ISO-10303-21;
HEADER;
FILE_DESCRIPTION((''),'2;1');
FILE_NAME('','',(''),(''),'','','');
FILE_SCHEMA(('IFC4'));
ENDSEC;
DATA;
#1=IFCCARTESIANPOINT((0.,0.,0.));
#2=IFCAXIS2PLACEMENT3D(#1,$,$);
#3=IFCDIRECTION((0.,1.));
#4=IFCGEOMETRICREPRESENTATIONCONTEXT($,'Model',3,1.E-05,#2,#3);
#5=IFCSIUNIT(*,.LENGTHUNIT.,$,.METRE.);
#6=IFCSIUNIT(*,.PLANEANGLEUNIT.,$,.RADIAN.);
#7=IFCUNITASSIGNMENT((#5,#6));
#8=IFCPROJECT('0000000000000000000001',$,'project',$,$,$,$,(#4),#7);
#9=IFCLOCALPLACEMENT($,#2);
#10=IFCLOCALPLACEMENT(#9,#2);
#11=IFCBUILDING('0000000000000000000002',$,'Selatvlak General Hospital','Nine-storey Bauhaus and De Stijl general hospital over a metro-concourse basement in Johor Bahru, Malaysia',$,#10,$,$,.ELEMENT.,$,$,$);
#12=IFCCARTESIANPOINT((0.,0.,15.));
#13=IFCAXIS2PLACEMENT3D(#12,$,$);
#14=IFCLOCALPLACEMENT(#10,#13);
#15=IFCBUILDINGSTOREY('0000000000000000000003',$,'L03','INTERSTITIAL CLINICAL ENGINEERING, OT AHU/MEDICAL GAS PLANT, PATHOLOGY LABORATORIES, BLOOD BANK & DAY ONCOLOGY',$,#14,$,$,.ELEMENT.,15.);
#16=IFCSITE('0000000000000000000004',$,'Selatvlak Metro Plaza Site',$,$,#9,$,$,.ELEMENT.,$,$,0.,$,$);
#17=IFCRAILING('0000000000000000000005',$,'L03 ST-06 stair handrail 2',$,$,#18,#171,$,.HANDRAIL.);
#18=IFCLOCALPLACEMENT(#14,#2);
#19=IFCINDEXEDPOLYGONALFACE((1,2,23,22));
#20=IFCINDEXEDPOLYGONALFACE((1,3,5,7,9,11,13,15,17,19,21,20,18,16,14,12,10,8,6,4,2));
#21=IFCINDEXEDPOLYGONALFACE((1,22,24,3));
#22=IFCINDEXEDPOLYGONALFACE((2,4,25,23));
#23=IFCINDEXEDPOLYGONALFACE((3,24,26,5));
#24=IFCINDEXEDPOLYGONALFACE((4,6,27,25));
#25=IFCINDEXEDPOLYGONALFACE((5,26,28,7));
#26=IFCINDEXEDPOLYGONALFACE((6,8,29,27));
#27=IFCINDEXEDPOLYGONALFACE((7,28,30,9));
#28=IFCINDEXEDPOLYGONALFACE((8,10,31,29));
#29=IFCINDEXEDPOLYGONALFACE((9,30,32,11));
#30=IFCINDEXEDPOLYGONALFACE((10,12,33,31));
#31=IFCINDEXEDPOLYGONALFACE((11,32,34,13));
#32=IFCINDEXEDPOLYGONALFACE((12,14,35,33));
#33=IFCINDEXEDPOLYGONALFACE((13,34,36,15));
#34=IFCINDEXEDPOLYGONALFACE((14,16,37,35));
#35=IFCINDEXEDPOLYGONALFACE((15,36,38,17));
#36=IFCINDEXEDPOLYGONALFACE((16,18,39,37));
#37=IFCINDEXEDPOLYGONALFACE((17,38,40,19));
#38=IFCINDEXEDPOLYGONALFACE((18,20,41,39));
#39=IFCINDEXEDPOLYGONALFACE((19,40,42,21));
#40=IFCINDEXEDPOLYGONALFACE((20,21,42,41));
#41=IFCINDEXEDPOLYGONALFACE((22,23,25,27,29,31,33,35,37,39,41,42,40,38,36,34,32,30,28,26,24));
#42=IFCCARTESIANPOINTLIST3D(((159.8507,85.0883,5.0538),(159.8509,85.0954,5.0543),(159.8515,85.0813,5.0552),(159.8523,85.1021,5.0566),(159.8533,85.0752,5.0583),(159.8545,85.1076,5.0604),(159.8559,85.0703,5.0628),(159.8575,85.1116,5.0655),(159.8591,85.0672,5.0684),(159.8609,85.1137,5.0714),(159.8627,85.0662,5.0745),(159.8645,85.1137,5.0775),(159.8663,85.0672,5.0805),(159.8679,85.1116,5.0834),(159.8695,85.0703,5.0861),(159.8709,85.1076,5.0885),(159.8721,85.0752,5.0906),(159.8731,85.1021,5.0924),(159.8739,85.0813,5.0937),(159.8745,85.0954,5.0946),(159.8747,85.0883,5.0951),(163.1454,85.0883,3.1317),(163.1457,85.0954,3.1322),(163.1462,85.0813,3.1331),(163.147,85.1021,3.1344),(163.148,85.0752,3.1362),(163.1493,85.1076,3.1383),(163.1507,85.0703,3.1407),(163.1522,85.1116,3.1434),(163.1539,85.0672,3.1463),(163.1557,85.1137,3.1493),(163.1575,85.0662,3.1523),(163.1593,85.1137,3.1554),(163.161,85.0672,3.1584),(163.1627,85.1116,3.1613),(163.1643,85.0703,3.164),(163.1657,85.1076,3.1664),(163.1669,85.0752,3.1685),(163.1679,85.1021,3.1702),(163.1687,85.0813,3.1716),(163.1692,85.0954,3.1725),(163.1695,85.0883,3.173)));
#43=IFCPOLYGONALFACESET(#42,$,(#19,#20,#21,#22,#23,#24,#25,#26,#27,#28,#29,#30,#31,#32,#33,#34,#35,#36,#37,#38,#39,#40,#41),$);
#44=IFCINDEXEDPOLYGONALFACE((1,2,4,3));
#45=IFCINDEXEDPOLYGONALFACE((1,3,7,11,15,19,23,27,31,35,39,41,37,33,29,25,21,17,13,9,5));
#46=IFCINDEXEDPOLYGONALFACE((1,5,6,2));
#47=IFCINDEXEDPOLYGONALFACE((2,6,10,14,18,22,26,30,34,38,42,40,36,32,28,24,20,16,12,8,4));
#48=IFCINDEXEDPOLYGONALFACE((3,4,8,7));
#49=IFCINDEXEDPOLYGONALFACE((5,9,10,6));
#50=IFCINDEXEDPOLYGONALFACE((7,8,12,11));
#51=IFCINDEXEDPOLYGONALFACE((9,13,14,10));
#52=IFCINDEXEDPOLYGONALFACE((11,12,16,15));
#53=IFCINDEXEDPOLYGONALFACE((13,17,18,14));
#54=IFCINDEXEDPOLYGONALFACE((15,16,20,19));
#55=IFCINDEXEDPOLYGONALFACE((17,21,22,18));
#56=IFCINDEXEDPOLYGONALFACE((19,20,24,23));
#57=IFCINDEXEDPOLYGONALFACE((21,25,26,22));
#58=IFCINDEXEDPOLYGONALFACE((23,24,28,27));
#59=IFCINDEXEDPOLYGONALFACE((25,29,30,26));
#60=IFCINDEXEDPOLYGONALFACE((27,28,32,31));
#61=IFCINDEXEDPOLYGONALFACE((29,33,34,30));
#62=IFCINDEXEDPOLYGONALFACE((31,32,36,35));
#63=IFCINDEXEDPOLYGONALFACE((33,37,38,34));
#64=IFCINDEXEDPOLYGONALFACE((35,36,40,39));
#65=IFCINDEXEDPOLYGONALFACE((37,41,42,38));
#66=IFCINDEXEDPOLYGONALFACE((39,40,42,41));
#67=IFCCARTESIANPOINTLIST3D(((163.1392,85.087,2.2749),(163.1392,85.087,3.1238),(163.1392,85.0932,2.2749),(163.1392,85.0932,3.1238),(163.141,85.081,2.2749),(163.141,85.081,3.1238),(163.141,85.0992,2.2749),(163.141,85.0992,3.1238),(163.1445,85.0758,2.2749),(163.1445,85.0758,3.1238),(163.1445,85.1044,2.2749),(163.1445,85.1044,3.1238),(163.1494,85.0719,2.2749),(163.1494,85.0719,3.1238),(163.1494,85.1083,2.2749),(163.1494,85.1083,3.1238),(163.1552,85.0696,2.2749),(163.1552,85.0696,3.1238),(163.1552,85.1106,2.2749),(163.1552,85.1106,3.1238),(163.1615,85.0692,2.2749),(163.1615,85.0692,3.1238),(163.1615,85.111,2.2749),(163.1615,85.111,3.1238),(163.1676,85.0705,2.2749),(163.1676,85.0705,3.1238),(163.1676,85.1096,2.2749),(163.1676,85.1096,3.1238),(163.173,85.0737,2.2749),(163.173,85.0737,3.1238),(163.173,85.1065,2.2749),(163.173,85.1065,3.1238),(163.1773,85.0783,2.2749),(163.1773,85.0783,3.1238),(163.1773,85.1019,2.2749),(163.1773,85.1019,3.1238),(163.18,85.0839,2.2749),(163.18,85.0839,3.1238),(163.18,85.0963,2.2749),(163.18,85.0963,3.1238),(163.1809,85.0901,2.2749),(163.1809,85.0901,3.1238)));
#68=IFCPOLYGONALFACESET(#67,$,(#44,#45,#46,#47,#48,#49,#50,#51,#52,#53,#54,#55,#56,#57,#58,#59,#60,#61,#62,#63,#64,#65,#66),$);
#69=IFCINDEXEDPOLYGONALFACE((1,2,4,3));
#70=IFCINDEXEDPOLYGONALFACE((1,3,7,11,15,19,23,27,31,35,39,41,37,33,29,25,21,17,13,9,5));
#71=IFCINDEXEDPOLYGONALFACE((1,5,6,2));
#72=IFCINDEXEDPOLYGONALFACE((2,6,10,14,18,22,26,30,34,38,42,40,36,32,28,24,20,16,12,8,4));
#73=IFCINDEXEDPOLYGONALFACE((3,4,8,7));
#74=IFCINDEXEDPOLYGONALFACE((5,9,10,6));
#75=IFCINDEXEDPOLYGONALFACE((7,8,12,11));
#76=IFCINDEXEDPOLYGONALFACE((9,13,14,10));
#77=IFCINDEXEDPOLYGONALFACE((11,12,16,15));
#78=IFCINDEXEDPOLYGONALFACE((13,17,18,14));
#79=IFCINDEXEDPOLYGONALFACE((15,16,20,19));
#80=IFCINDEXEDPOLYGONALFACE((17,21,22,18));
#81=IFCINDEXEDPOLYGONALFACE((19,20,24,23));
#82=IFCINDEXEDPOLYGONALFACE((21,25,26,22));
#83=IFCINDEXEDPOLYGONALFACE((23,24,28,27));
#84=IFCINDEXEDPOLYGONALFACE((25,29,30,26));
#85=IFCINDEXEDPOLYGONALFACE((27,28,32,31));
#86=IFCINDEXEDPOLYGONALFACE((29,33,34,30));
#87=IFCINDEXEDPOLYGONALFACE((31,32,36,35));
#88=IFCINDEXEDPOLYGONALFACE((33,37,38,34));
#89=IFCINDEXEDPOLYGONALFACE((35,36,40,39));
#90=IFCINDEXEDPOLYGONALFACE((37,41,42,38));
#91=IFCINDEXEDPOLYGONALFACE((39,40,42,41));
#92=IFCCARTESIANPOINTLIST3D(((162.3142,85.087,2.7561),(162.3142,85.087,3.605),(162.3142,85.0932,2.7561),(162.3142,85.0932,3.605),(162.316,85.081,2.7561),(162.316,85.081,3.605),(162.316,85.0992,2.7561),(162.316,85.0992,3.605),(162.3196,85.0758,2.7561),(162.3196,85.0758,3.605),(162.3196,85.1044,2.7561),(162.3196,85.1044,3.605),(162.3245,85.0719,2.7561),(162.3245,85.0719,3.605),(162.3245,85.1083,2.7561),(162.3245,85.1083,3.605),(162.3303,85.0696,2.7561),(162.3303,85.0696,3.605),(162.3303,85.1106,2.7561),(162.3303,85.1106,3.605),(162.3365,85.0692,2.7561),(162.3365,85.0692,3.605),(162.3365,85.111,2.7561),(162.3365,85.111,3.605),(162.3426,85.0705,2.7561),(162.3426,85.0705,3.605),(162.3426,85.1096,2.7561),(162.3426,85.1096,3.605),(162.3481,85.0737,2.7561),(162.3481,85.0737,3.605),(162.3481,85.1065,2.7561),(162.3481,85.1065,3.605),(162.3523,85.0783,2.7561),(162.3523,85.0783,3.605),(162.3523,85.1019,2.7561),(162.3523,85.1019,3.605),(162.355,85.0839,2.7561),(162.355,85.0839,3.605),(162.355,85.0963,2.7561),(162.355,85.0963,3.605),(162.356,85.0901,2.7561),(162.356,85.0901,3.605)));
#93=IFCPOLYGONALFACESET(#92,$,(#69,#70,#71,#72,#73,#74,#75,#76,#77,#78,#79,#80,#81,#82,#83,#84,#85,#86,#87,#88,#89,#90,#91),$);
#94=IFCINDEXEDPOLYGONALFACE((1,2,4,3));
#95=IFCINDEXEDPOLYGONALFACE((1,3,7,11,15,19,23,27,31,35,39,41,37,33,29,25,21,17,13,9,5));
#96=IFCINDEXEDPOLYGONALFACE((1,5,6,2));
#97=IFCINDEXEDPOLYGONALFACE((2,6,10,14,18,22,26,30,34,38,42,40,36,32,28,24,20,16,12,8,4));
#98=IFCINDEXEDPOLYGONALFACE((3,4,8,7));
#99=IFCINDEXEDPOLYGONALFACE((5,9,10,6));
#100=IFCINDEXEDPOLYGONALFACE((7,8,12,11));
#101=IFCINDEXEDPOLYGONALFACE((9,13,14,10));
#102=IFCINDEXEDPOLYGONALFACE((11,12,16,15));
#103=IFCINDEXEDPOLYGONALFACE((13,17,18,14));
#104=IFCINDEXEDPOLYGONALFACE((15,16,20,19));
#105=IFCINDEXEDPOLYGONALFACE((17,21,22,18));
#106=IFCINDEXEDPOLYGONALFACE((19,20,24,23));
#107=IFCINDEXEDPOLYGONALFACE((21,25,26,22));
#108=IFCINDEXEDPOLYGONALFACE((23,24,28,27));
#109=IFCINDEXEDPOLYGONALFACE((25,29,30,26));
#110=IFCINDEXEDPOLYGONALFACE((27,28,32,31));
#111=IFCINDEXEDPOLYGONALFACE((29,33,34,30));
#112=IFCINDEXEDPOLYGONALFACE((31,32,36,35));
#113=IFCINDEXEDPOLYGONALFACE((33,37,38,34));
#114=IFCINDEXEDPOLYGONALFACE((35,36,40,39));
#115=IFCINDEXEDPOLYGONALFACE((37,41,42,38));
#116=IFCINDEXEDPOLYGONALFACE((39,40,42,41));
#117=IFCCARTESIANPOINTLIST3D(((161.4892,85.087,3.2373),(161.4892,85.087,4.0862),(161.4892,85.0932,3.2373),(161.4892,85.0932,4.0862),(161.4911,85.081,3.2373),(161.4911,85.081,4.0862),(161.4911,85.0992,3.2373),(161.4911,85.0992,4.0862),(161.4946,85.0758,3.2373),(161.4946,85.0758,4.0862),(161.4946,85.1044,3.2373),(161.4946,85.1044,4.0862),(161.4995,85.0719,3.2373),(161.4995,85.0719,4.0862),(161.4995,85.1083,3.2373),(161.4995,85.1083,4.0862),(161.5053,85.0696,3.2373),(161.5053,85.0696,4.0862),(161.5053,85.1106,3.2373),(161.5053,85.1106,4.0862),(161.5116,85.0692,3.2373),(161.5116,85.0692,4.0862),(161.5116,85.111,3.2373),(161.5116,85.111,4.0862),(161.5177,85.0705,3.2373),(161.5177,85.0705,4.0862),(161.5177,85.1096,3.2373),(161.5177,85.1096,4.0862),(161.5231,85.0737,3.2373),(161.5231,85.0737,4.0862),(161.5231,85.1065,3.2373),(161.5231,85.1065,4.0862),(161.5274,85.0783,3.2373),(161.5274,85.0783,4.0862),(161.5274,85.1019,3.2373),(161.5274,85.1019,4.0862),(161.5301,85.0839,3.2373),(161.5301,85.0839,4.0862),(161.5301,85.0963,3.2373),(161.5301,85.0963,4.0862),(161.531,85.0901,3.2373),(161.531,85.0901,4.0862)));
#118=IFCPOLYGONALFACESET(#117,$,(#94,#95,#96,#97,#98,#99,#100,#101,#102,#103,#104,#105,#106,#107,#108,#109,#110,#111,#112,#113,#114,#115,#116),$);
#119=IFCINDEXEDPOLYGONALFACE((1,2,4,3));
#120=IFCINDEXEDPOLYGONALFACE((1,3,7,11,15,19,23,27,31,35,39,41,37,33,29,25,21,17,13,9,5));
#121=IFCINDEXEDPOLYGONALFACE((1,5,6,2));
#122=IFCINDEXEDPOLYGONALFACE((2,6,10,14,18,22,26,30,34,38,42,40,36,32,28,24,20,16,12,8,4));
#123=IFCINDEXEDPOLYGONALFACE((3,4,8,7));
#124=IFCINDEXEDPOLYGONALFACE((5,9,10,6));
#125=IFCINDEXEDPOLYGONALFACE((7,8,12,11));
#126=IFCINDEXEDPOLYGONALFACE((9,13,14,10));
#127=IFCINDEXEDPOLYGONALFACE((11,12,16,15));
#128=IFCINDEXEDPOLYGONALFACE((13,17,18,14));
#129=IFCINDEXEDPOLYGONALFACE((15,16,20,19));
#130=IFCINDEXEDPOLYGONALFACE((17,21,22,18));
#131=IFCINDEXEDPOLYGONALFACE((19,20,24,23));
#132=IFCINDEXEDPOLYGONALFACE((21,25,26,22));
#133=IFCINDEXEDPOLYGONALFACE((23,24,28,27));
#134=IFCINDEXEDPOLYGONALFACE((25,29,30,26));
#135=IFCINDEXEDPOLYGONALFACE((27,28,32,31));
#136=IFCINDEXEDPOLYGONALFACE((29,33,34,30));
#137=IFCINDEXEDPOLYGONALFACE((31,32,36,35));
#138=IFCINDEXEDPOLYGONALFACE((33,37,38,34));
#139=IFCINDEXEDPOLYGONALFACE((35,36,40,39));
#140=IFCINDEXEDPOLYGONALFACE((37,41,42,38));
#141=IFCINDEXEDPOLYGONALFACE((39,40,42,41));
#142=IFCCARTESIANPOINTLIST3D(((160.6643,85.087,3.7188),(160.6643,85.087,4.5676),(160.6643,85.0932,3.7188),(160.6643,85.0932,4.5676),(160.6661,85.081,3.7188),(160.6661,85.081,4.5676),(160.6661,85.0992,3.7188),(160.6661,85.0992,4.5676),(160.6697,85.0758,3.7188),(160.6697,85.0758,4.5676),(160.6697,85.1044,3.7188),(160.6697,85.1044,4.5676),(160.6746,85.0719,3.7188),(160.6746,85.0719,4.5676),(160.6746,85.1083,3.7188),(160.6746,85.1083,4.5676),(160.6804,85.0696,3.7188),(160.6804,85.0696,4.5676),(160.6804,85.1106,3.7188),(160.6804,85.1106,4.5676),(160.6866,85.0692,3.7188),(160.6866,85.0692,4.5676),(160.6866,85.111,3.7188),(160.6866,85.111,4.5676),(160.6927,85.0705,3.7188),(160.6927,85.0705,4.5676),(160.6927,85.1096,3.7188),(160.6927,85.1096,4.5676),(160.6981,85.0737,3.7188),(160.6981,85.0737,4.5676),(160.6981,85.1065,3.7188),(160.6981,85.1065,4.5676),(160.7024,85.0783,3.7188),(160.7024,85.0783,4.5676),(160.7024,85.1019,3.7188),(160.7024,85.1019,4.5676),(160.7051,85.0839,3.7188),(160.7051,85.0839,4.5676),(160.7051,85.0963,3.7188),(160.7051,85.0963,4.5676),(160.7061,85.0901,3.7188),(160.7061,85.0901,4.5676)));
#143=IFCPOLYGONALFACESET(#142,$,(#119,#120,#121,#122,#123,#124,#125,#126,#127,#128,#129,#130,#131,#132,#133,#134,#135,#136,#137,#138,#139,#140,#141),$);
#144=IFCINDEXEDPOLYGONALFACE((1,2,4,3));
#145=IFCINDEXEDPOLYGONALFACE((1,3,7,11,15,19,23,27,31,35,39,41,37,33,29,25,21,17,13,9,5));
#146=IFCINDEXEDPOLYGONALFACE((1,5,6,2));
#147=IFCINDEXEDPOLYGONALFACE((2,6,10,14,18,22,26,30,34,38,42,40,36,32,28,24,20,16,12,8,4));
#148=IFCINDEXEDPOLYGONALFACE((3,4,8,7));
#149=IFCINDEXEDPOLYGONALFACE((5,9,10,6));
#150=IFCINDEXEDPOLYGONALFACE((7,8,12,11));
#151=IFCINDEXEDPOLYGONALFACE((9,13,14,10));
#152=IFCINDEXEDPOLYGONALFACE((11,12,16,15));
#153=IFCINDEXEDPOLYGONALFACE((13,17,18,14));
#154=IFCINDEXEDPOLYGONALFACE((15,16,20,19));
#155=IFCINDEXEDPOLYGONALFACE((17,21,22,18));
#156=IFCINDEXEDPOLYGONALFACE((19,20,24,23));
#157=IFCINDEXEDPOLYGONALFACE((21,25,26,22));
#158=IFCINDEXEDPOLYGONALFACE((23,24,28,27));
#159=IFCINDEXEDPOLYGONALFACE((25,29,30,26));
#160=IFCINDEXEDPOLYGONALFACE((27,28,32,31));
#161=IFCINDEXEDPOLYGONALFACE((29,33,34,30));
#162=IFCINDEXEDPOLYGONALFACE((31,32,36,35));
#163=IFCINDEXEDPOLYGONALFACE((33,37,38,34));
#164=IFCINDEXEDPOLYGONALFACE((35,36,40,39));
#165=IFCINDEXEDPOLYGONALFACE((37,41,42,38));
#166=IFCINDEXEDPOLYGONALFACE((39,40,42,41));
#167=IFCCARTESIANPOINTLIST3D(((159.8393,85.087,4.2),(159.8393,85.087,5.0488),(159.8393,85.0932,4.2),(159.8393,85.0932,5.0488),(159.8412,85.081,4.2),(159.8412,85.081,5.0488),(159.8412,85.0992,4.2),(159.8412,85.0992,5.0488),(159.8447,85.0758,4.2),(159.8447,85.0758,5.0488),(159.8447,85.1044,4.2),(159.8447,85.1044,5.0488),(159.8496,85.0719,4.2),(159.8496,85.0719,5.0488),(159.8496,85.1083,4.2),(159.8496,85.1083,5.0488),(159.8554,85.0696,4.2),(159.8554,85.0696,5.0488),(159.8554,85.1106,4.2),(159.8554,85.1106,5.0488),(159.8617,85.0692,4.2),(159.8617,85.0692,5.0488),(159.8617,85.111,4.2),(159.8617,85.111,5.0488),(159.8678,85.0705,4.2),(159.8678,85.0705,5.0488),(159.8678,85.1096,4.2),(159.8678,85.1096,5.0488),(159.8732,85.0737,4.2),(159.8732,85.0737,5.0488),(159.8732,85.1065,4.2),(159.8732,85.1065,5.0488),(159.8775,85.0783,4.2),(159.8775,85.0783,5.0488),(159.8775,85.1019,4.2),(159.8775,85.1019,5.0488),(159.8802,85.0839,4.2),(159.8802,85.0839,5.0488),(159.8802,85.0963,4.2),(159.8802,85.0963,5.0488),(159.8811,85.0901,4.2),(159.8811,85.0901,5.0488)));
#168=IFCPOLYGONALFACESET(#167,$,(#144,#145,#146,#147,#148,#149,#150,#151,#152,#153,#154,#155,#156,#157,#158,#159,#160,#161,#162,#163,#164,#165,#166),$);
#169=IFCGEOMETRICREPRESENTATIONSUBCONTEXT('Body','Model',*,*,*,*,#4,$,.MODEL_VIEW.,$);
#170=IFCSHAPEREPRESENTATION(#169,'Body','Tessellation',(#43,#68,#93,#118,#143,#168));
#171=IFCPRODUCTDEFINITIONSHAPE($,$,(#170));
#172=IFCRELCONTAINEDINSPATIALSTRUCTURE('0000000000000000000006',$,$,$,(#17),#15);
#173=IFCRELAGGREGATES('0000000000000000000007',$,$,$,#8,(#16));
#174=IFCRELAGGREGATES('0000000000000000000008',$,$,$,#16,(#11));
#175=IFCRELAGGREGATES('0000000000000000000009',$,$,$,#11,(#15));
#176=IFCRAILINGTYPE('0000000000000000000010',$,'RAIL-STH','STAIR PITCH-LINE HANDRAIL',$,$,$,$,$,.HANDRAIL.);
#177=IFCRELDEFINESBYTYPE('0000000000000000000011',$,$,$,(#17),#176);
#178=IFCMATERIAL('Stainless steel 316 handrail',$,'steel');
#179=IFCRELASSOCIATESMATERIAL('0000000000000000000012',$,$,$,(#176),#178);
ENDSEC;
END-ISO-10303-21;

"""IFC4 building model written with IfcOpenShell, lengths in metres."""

from ifc_helpers import new_model, si_unit, direction, frame, origin, origin_2d, place, context, subcontext, project, spatial, circle, extrude, material, type_object, element, save


model = new_model("IFC4")

# Units and contexts
model_context = context("Model", 3, precision=1e-05, world=origin(), true_north=direction((0.0, 1.0)))
body_context = subcontext(model_context, "Body", "Model", "MODEL_VIEW")
ifc_project = project(units=[si_unit("LENGTHUNIT", "METRE"), si_unit("PLANEANGLEUNIT", "RADIAN")], contexts=[model_context])

# Site, building, storey
site_placement = place(None, origin())
site = spatial("IfcSite", under=ifc_project, at=site_placement, Name="Selatvlak Metro Plaza Site", CompositionType="ELEMENT", RefElevation=0.0)
building_placement = place(site_placement, origin())
building = spatial("IfcBuilding", under=site, at=building_placement, Name="Selatvlak General Hospital", Description="Nine-storey Bauhaus and De Stijl general hospital over a metro-concourse basement in Johor Bahru, Malaysia", CompositionType="ELEMENT")
storey_placement = place(building_placement, frame((0.0, 0.0, 15.0)))
storey = spatial("IfcBuildingStorey", under=building, at=storey_placement, Name="L03", Description="INTERSTITIAL CLINICAL ENGINEERING, OT AHU/MEDICAL GAS PLANT, PATHOLOGY LABORATORIES, BLOOD BANK & DAY ONCOLOGY", CompositionType="ELEMENT", Elevation=15.0)

# Railing
ifc_material_1 = material(Name="Stainless steel 316 handrail", Category="steel")
railing_type_1 = type_object("IfcRailingType", Name="RAIL-STH", Description="STAIR PITCH-LINE HANDRAIL", PredefinedType="HANDRAIL", material=ifc_material_1)
railing_1_placement = place(storey_placement, frame((163.1599, 85.0901, 2.2749)))
element("IfcRailing", 1, at=railing_1_placement, inside=storey, type_object=railing_type_1, Name="L03 ST-06 stair handrail 2", PredefinedType="HANDRAIL", context=body_context, shape_type="SweptSolid", body=[
    extrude(circle(Radius=0.0239, at=origin_2d()), frame((-0.0024, 0.0, 0.8774), z_axis=(-0.86376, 0.0, 0.503903), x_axis=(0.0, -1.0, 0.0)), (0.0, 0.0, 1.0), 3.8145),
    extrude(circle(Radius=0.021, at=origin_2d()), origin(), (0.0, 0.0, 1.0), 0.8489),
    extrude(circle(Radius=0.021, at=origin_2d()), frame((-0.825, 0.0, 0.4812)), (0.0, 0.0, 1.0), 0.8489),
    extrude(circle(Radius=0.021, at=origin_2d()), frame((-1.6499, 0.0, 0.9624)), (0.0, 0.0, 1.0), 0.8489),
    extrude(circle(Radius=0.021, at=origin_2d()), frame((-2.4749, 0.0, 1.4438)), (0.0, 0.0, 1.0), 0.8489),
    extrude(circle(Radius=0.021, at=origin_2d()), frame((-3.2998, 0.0, 1.925)), (0.0, 0.0, 1.0), 0.8489),
])

save(model, "model.ifc")
